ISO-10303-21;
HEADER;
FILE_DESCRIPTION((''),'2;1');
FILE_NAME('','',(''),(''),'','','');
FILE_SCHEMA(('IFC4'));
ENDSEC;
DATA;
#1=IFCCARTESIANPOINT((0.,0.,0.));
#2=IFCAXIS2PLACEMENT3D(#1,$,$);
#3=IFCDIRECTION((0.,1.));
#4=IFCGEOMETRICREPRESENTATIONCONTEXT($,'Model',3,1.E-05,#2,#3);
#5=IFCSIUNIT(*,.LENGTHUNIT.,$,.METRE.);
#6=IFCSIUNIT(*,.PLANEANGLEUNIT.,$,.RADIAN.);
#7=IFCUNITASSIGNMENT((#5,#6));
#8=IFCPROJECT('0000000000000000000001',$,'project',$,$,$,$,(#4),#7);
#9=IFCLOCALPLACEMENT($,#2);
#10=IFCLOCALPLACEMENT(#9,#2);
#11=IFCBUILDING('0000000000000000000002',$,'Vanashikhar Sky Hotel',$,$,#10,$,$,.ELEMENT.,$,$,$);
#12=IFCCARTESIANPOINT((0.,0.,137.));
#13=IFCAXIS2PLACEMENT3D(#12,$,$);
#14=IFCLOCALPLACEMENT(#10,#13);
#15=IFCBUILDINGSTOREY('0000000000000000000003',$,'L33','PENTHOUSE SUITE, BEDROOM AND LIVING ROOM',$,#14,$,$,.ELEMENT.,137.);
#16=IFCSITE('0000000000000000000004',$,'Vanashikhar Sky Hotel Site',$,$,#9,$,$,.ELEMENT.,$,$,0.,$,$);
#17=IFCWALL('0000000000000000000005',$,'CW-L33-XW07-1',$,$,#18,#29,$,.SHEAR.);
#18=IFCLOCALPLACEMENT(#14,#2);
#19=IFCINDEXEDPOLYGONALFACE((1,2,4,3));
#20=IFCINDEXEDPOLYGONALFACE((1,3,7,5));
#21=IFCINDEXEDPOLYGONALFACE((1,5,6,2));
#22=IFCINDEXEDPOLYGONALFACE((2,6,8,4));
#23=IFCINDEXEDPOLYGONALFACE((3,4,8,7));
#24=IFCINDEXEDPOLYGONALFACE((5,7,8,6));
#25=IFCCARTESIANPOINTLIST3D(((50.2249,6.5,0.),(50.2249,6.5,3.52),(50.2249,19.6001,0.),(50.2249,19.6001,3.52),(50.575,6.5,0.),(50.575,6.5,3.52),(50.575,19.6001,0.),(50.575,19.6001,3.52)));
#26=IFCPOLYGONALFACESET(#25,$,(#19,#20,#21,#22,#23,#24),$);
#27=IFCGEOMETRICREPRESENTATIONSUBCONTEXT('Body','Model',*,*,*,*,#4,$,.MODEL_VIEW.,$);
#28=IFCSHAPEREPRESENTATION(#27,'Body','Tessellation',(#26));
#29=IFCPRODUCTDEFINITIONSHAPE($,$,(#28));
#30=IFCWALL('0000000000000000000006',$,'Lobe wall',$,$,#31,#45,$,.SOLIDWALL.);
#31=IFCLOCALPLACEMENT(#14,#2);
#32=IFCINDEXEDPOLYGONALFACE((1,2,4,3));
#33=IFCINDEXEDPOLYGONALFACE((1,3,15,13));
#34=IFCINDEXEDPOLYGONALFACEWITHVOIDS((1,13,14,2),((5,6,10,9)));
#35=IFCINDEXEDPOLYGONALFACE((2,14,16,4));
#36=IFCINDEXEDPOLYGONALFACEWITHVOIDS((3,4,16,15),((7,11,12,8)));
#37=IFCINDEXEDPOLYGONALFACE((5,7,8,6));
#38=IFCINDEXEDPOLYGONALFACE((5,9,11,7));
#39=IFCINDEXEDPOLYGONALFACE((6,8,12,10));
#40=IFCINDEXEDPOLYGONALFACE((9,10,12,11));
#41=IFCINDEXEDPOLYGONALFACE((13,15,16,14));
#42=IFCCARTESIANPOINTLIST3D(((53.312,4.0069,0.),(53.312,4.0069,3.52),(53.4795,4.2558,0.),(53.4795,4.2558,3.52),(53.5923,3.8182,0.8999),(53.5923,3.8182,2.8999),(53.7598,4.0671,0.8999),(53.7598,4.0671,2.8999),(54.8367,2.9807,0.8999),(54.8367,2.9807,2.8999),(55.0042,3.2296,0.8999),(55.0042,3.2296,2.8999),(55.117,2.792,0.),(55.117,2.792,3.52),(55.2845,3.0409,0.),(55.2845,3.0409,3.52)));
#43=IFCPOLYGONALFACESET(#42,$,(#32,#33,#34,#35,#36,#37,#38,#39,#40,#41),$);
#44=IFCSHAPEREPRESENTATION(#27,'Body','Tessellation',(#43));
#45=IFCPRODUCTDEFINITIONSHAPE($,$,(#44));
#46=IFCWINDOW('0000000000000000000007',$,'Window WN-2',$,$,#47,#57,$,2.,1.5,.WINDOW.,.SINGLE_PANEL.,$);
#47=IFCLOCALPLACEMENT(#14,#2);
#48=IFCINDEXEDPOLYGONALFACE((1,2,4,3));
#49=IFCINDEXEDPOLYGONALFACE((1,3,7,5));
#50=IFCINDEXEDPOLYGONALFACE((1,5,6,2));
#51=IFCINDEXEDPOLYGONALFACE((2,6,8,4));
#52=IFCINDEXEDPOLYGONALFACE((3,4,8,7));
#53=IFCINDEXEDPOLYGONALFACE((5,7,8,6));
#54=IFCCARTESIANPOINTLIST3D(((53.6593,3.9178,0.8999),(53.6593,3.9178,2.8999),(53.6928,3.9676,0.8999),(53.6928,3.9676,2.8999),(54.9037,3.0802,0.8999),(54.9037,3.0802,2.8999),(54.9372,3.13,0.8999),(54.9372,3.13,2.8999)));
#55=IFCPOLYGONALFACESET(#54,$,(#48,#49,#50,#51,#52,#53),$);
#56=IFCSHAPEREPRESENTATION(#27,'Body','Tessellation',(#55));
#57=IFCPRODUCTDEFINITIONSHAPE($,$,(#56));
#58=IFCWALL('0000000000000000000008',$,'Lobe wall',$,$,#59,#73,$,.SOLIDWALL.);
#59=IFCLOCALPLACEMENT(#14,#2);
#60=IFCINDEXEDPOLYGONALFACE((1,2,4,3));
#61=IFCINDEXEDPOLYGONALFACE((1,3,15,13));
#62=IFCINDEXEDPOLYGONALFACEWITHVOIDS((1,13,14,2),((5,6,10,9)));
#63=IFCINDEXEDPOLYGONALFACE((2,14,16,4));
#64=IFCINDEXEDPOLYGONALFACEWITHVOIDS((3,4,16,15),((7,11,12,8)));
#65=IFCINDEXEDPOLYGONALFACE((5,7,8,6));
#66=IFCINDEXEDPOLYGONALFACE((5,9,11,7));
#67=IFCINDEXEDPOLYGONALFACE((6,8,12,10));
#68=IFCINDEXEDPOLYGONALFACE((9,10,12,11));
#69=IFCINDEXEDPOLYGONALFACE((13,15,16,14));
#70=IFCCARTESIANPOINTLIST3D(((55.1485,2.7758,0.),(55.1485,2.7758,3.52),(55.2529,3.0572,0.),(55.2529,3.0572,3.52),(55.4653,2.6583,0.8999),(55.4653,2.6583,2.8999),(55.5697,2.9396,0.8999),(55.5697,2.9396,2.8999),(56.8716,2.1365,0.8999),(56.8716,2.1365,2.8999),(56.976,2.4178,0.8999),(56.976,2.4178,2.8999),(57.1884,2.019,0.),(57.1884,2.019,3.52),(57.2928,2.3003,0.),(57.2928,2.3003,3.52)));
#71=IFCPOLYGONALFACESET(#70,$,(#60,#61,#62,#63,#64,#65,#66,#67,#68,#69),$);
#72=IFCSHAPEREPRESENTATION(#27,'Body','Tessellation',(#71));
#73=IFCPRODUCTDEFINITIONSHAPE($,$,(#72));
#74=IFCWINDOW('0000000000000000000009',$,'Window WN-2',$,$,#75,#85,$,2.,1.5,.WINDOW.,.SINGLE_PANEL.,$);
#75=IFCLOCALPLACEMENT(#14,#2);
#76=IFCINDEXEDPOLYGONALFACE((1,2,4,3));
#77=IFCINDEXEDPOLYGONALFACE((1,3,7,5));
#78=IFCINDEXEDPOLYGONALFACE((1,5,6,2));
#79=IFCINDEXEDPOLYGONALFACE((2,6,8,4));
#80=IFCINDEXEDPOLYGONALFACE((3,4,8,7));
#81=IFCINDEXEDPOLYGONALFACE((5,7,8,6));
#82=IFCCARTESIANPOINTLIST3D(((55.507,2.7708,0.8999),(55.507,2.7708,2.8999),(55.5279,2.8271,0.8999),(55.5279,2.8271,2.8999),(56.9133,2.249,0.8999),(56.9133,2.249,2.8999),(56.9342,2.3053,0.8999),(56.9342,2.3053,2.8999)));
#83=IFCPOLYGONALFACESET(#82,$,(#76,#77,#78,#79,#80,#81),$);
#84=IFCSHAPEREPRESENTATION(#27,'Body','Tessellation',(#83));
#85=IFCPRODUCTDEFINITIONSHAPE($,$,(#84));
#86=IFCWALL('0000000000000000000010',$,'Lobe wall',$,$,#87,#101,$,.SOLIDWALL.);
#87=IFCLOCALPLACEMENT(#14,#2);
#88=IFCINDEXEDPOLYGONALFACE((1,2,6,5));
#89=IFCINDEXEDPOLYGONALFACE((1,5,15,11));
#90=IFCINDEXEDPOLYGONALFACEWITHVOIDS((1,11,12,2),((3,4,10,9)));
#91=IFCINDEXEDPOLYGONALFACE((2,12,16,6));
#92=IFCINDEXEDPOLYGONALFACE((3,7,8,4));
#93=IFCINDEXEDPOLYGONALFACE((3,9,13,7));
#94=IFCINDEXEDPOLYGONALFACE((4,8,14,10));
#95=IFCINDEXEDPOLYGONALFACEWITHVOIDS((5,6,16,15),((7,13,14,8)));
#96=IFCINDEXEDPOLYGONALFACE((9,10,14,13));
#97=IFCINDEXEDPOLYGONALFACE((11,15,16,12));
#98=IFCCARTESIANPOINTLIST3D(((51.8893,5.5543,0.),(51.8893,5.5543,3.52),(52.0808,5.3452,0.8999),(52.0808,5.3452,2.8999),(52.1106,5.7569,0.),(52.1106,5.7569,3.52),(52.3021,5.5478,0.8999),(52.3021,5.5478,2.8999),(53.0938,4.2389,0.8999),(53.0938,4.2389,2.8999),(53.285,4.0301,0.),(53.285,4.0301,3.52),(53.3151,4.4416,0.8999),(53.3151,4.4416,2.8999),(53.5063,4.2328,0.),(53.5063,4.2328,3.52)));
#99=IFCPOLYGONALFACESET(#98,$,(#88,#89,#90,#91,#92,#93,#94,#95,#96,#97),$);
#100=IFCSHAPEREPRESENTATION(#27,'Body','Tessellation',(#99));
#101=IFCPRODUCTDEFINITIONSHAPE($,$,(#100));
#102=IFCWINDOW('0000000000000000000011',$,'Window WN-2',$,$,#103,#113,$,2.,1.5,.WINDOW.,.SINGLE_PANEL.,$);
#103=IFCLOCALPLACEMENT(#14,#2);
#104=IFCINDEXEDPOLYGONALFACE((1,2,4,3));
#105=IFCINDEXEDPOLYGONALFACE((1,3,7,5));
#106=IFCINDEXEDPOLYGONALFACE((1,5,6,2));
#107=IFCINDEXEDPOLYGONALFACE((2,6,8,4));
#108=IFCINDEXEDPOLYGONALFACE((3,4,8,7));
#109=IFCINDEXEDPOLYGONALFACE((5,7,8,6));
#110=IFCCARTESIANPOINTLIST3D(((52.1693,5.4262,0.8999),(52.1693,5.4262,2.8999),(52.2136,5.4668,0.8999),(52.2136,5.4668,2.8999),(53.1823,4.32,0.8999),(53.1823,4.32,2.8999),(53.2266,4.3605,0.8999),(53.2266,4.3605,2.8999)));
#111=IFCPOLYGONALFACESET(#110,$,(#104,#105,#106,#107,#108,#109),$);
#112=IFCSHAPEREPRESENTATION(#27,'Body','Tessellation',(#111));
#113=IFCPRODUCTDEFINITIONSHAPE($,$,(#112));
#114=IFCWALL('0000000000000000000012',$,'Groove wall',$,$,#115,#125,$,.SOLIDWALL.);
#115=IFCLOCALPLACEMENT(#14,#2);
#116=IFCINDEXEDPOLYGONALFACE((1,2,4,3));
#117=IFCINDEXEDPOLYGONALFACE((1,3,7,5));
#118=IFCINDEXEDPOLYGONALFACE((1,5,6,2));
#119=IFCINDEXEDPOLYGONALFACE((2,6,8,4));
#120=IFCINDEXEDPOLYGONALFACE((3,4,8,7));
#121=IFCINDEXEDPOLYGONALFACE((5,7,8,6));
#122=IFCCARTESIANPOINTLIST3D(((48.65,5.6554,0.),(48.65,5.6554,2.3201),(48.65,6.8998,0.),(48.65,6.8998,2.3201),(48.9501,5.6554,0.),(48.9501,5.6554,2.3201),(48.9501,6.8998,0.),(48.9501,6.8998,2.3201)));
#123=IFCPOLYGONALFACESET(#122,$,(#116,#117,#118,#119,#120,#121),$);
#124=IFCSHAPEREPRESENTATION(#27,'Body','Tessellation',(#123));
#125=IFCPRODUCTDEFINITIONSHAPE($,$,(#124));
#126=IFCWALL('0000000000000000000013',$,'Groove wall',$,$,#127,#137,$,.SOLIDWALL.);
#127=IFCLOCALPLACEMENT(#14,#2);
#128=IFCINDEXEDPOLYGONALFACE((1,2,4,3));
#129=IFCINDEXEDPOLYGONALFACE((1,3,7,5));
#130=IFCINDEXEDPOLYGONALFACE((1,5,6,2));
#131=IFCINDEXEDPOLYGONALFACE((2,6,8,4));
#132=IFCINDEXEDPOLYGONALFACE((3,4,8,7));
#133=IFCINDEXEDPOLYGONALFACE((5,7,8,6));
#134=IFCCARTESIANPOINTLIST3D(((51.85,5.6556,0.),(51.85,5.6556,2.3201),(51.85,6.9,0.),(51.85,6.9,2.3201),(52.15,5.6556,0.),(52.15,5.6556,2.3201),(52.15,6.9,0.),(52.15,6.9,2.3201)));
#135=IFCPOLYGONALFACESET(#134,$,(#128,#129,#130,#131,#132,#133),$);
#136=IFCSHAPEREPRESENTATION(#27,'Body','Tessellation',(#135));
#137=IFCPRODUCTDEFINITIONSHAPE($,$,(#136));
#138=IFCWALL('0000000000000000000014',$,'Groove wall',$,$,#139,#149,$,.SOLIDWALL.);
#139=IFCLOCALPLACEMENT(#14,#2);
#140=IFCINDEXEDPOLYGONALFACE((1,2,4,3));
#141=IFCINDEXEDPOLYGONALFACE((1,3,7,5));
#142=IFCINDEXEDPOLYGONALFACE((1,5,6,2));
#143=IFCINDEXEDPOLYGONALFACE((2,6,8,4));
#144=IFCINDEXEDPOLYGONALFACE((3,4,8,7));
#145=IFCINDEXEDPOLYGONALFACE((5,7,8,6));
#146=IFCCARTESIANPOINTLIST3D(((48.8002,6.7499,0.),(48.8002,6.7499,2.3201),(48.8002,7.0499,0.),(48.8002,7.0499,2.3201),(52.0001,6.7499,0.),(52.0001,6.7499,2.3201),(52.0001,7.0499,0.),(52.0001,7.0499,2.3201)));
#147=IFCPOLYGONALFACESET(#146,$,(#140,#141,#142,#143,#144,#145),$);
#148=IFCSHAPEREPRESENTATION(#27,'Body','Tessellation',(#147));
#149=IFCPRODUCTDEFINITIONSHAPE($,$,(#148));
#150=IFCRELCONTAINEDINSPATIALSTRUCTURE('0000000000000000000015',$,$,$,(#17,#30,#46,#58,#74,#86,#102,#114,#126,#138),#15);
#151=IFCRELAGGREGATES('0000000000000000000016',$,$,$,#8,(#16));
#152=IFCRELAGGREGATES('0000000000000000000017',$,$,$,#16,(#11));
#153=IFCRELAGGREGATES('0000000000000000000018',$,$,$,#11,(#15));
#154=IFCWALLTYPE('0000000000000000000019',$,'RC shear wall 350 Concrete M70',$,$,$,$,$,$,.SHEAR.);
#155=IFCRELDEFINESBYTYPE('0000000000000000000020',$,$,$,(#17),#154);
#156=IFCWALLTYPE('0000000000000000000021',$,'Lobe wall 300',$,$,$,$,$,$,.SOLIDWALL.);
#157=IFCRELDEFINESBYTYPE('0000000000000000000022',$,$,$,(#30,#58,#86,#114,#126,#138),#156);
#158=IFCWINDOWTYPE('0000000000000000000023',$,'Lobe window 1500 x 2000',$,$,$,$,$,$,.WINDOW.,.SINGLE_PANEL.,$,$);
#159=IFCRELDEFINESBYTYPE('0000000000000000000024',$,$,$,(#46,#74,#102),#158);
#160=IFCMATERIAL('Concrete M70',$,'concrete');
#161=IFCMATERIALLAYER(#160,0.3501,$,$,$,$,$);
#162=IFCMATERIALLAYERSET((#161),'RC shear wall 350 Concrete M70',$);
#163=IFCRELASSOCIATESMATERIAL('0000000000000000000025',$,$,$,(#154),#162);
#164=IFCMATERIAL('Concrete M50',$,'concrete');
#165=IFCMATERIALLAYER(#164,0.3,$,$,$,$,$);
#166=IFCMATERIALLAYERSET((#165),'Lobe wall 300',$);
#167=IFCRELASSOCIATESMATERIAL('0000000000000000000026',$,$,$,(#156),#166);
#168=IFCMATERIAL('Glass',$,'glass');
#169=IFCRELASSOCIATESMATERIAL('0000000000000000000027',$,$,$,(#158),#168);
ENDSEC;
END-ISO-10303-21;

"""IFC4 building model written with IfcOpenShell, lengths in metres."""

from ifc_helpers import new_model, si_unit, direction, frame, frame_2d, origin, place, context, subcontext, project, spatial, rectangle, extrude, source, transform, mapped, material, layer, layer_set, type_object, element, fill, save


model = new_model("IFC4")

# Units and contexts
model_context = context("Model", 3, precision=1e-05, world=origin(), true_north=direction((0.0, 1.0)))
body_context = subcontext(model_context, "Body", "Model", "MODEL_VIEW")
ifc_project = project(units=[si_unit("LENGTHUNIT", "METRE"), si_unit("PLANEANGLEUNIT", "RADIAN")], contexts=[model_context])

# Site, building, storey
site_placement = place(None, origin())
site = spatial("IfcSite", under=ifc_project, at=site_placement, Name="Vanashikhar Sky Hotel Site", CompositionType="ELEMENT", RefElevation=0.0)
building_placement = place(site_placement, origin())
building = spatial("IfcBuilding", under=site, at=building_placement, Name="Vanashikhar Sky Hotel", CompositionType="ELEMENT")
storey_placement = place(building_placement, frame((0.0, 0.0, 137.0)))
storey = spatial("IfcBuildingStorey", under=building, at=storey_placement, Name="L33", Description="PENTHOUSE SUITE, BEDROOM AND LIVING ROOM", CompositionType="ELEMENT", Elevation=137.0)

# Wall
ifc_material_1 = material(Name="Concrete M70", Category="concrete")
ifc_layer_1 = layer(ifc_material_1, 0.3501)
ifc_layer_set_1 = layer_set([ifc_layer_1], Name="RC shear wall 350 Concrete M70")
wall_type_1 = type_object("IfcWallType", Name="RC shear wall 350 Concrete M70", PredefinedType="SHEAR", material=ifc_layer_set_1)
shared_shape_1 = source(origin(), body_context, "Body", "SweptSolid", [
    extrude(rectangle(XDim=13.1001, YDim=0.3501, at=frame_2d((6.55, 0.0))), origin(), (0.0, 0.0, 1.0), 3.52),
])
wall_1_placement = place(storey_placement, frame((50.3999, 6.5, 0.0), z_axis=(0.0, 0.0, 1.0), x_axis=(0.0, 1.0, 0.0)))
element("IfcWall", 1, at=wall_1_placement, inside=storey, type_object=wall_type_1, Name="CW-L33-XW07-1", PredefinedType="SHEAR", context=body_context, shape_type="MappedRepresentation", body=[
    mapped(shared_shape_1, transform((0.0, 0.0, 0.0), scale=1.0)),
])

# Walls, openings, windows
ifc_material_2 = material(Name="Concrete M50", Category="concrete")
ifc_layer_2 = layer(ifc_material_2, 0.3)
ifc_layer_set_2 = layer_set([ifc_layer_2], Name="Lobe wall 300")
wall_type_2 = type_object("IfcWallType", Name="Lobe wall 300", PredefinedType="SOLIDWALL", material=ifc_layer_set_2)
shared_shape_2 = source(origin(), body_context, "Body", "SweptSolid", [
    extrude(rectangle(XDim=2.1758, YDim=0.3, at=frame_2d((1.0879, 0.0))), origin(), (0.0, 0.0, 1.0), 3.52),
])
wall_2_placement = place(storey_placement, frame((53.3958, 4.1313, 0.0), z_axis=(0.0, 0.0, 1.0), x_axis=(0.829591, -0.558372, 0.0)))
wall_2 = element("IfcWall", 2, at=wall_2_placement, inside=storey, type_object=wall_type_2, Name="Lobe wall", PredefinedType="SOLIDWALL", context=body_context, shape_type="MappedRepresentation", body=[
    mapped(shared_shape_2, transform((0.0, 0.0, 0.0), scale=1.0)),
])
shared_shape_3 = source(origin(), body_context, "Body", "SweptSolid", [
    extrude(rectangle(XDim=1.5, YDim=2.0, at=frame_2d((0.75, 1.0))), frame((0.0, 0.1602, 0.0), z_axis=(0.0, -1.0, 0.0), x_axis=(1.0, 0.0, 0.0)), (0.0, 0.0, 1.0), 0.3201),
])
opening_1_placement = place(wall_2_placement, frame((0.3379, 0.0, 0.8999)))
opening_1 = element("IfcOpeningElement", 3, at=opening_1_placement, cuts=wall_2, PredefinedType="OPENING", context=body_context, shape_type="MappedRepresentation", body=[
    mapped(shared_shape_3, transform((0.0, 0.0, 0.0), scale=1.0)),
])
ifc_material_3 = material(Name="Glass", Category="glass")
window_type = type_object("IfcWindowType", Name="Lobe window 1500 x 2000", PartitioningType="SINGLE_PANEL", PredefinedType="WINDOW", material=ifc_material_3)
shared_shape_4 = source(origin(), body_context, "Body", "SweptSolid", [
    extrude(rectangle(XDim=1.5, YDim=2.0, at=frame_2d((0.75, 1.0))), frame((0.0, 0.03, 0.0), z_axis=(0.0, -1.0, 0.0), x_axis=(1.0, 0.0, 0.0)), (0.0, 0.0, 1.0), 0.0601),
])
window_1_placement = place(opening_1_placement, origin())
window_1 = element("IfcWindow", 4, at=window_1_placement, inside=storey, type_object=window_type, Name="Window WN-2", OverallHeight=2.0, OverallWidth=1.5, PartitioningType="SINGLE_PANEL", PredefinedType="WINDOW", context=body_context, shape_type="MappedRepresentation", body=[
    mapped(shared_shape_4, transform((0.0, 0.0, 0.0), scale=1.0)),
])
fill(opening_1, window_1)
wall_3_placement = place(storey_placement, frame((55.2007, 2.9165, 0.0), z_axis=(0.0, 0.0, 1.0), x_axis=(0.937546, -0.347863, 0.0)))
wall_3 = element("IfcWall", 5, at=wall_3_placement, inside=storey, type_object=wall_type_2, Name="Lobe wall", PredefinedType="SOLIDWALL", context=body_context, shape_type="MappedRepresentation", body=[
    mapped(shared_shape_2, transform((0.0, 0.0, 0.0), scale=1.0)),
])
opening_2_placement = place(wall_3_placement, frame((0.3379, 0.0, 0.8999)))
opening_2 = element("IfcOpeningElement", 6, at=opening_2_placement, cuts=wall_3, PredefinedType="OPENING", context=body_context, shape_type="MappedRepresentation", body=[
    mapped(shared_shape_3, transform((0.0, 0.0, 0.0), scale=1.0)),
])
window_2_placement = place(opening_2_placement, origin())
window_2 = element("IfcWindow", 7, at=window_2_placement, inside=storey, type_object=window_type, Name="Window WN-2", OverallHeight=2.0, OverallWidth=1.5, PartitioningType="SINGLE_PANEL", PredefinedType="WINDOW", context=body_context, shape_type="MappedRepresentation", body=[
    mapped(shared_shape_4, transform((0.0, 0.0, 0.0), scale=1.0)),
])
fill(opening_2, window_2)
shared_shape_5 = source(origin(), body_context, "Body", "SweptSolid", [
    extrude(rectangle(XDim=2.0667, YDim=0.3, at=frame_2d((1.0332, 0.0))), origin(), (0.0, 0.0, 1.0), 3.52),
])
wall_4_placement = place(storey_placement, frame((52.0, 5.6555, 0.0), z_axis=(0.0, 0.0, 1.0), x_axis=(0.675355, -0.737492, 0.0)))
wall_4 = element("IfcWall", 8, at=wall_4_placement, inside=storey, type_object=wall_type_2, Name="Lobe wall", PredefinedType="SOLIDWALL", context=body_context, shape_type="MappedRepresentation", body=[
    mapped(shared_shape_5, transform((0.0, 0.0, 0.0), scale=1.0)),
])
opening_3_placement = place(wall_4_placement, frame((0.2834, 0.0, 0.8999)))
opening_3 = element("IfcOpeningElement", 9, at=opening_3_placement, cuts=wall_4, PredefinedType="OPENING", context=body_context, shape_type="MappedRepresentation", body=[
    mapped(shared_shape_3, transform((0.0, 0.0, 0.0), scale=1.0)),
])
window_3_placement = place(opening_3_placement, origin())
window_3 = element("IfcWindow", 10, at=window_3_placement, inside=storey, type_object=window_type, Name="Window WN-2", OverallHeight=2.0, OverallWidth=1.5, PartitioningType="SINGLE_PANEL", PredefinedType="WINDOW", context=body_context, shape_type="MappedRepresentation", body=[
    mapped(shared_shape_4, transform((0.0, 0.0, 0.0), scale=1.0)),
])
fill(opening_3, window_3)

# Walls
shared_shape_6 = source(origin(), body_context, "Body", "SweptSolid", [
    extrude(rectangle(XDim=1.2444, YDim=0.3, at=frame_2d((0.6221, 0.0))), origin(), (0.0, 0.0, 1.0), 2.3201),
])
for number, where, z_axis, x_axis, name in (
    (11, (48.8, 5.6555, 0.0), (0.0, 0.0, 1.0), (0.0, 1.0, 0.0), "Groove wall"),
    (12, (52.0, 6.8999, 0.0), (0.0, 0.0, 1.0), (0.0, -1.0, 0.0), "Groove wall"),
):
    element("IfcWall", number, at=place(storey_placement, frame(where, z_axis=z_axis, x_axis=x_axis)), inside=storey, type_object=wall_type_2, Name=name, PredefinedType="SOLIDWALL", context=body_context, shape_type="MappedRepresentation", body=[
        mapped(shared_shape_6, transform((0.0, 0.0, 0.0), scale=1.0)),
    ])
shared_shape_7 = source(origin(), body_context, "Body", "SweptSolid", [
    extrude(rectangle(XDim=3.2, YDim=0.3, at=frame_2d((1.6001, 0.0))), origin(), (0.0, 0.0, 1.0), 2.3201),
])
wall_5_placement = place(storey_placement, frame((48.8, 6.8999, 0.0), z_axis=(0.0, 0.0, 1.0), x_axis=(1.0, 0.0, 0.0)))
element("IfcWall", 13, at=wall_5_placement, inside=storey, type_object=wall_type_2, Name="Groove wall", PredefinedType="SOLIDWALL", context=body_context, shape_type="MappedRepresentation", body=[
    mapped(shared_shape_7, transform((0.0, 0.0, 0.0), scale=1.0)),
])

save(model, "model.ifc")
